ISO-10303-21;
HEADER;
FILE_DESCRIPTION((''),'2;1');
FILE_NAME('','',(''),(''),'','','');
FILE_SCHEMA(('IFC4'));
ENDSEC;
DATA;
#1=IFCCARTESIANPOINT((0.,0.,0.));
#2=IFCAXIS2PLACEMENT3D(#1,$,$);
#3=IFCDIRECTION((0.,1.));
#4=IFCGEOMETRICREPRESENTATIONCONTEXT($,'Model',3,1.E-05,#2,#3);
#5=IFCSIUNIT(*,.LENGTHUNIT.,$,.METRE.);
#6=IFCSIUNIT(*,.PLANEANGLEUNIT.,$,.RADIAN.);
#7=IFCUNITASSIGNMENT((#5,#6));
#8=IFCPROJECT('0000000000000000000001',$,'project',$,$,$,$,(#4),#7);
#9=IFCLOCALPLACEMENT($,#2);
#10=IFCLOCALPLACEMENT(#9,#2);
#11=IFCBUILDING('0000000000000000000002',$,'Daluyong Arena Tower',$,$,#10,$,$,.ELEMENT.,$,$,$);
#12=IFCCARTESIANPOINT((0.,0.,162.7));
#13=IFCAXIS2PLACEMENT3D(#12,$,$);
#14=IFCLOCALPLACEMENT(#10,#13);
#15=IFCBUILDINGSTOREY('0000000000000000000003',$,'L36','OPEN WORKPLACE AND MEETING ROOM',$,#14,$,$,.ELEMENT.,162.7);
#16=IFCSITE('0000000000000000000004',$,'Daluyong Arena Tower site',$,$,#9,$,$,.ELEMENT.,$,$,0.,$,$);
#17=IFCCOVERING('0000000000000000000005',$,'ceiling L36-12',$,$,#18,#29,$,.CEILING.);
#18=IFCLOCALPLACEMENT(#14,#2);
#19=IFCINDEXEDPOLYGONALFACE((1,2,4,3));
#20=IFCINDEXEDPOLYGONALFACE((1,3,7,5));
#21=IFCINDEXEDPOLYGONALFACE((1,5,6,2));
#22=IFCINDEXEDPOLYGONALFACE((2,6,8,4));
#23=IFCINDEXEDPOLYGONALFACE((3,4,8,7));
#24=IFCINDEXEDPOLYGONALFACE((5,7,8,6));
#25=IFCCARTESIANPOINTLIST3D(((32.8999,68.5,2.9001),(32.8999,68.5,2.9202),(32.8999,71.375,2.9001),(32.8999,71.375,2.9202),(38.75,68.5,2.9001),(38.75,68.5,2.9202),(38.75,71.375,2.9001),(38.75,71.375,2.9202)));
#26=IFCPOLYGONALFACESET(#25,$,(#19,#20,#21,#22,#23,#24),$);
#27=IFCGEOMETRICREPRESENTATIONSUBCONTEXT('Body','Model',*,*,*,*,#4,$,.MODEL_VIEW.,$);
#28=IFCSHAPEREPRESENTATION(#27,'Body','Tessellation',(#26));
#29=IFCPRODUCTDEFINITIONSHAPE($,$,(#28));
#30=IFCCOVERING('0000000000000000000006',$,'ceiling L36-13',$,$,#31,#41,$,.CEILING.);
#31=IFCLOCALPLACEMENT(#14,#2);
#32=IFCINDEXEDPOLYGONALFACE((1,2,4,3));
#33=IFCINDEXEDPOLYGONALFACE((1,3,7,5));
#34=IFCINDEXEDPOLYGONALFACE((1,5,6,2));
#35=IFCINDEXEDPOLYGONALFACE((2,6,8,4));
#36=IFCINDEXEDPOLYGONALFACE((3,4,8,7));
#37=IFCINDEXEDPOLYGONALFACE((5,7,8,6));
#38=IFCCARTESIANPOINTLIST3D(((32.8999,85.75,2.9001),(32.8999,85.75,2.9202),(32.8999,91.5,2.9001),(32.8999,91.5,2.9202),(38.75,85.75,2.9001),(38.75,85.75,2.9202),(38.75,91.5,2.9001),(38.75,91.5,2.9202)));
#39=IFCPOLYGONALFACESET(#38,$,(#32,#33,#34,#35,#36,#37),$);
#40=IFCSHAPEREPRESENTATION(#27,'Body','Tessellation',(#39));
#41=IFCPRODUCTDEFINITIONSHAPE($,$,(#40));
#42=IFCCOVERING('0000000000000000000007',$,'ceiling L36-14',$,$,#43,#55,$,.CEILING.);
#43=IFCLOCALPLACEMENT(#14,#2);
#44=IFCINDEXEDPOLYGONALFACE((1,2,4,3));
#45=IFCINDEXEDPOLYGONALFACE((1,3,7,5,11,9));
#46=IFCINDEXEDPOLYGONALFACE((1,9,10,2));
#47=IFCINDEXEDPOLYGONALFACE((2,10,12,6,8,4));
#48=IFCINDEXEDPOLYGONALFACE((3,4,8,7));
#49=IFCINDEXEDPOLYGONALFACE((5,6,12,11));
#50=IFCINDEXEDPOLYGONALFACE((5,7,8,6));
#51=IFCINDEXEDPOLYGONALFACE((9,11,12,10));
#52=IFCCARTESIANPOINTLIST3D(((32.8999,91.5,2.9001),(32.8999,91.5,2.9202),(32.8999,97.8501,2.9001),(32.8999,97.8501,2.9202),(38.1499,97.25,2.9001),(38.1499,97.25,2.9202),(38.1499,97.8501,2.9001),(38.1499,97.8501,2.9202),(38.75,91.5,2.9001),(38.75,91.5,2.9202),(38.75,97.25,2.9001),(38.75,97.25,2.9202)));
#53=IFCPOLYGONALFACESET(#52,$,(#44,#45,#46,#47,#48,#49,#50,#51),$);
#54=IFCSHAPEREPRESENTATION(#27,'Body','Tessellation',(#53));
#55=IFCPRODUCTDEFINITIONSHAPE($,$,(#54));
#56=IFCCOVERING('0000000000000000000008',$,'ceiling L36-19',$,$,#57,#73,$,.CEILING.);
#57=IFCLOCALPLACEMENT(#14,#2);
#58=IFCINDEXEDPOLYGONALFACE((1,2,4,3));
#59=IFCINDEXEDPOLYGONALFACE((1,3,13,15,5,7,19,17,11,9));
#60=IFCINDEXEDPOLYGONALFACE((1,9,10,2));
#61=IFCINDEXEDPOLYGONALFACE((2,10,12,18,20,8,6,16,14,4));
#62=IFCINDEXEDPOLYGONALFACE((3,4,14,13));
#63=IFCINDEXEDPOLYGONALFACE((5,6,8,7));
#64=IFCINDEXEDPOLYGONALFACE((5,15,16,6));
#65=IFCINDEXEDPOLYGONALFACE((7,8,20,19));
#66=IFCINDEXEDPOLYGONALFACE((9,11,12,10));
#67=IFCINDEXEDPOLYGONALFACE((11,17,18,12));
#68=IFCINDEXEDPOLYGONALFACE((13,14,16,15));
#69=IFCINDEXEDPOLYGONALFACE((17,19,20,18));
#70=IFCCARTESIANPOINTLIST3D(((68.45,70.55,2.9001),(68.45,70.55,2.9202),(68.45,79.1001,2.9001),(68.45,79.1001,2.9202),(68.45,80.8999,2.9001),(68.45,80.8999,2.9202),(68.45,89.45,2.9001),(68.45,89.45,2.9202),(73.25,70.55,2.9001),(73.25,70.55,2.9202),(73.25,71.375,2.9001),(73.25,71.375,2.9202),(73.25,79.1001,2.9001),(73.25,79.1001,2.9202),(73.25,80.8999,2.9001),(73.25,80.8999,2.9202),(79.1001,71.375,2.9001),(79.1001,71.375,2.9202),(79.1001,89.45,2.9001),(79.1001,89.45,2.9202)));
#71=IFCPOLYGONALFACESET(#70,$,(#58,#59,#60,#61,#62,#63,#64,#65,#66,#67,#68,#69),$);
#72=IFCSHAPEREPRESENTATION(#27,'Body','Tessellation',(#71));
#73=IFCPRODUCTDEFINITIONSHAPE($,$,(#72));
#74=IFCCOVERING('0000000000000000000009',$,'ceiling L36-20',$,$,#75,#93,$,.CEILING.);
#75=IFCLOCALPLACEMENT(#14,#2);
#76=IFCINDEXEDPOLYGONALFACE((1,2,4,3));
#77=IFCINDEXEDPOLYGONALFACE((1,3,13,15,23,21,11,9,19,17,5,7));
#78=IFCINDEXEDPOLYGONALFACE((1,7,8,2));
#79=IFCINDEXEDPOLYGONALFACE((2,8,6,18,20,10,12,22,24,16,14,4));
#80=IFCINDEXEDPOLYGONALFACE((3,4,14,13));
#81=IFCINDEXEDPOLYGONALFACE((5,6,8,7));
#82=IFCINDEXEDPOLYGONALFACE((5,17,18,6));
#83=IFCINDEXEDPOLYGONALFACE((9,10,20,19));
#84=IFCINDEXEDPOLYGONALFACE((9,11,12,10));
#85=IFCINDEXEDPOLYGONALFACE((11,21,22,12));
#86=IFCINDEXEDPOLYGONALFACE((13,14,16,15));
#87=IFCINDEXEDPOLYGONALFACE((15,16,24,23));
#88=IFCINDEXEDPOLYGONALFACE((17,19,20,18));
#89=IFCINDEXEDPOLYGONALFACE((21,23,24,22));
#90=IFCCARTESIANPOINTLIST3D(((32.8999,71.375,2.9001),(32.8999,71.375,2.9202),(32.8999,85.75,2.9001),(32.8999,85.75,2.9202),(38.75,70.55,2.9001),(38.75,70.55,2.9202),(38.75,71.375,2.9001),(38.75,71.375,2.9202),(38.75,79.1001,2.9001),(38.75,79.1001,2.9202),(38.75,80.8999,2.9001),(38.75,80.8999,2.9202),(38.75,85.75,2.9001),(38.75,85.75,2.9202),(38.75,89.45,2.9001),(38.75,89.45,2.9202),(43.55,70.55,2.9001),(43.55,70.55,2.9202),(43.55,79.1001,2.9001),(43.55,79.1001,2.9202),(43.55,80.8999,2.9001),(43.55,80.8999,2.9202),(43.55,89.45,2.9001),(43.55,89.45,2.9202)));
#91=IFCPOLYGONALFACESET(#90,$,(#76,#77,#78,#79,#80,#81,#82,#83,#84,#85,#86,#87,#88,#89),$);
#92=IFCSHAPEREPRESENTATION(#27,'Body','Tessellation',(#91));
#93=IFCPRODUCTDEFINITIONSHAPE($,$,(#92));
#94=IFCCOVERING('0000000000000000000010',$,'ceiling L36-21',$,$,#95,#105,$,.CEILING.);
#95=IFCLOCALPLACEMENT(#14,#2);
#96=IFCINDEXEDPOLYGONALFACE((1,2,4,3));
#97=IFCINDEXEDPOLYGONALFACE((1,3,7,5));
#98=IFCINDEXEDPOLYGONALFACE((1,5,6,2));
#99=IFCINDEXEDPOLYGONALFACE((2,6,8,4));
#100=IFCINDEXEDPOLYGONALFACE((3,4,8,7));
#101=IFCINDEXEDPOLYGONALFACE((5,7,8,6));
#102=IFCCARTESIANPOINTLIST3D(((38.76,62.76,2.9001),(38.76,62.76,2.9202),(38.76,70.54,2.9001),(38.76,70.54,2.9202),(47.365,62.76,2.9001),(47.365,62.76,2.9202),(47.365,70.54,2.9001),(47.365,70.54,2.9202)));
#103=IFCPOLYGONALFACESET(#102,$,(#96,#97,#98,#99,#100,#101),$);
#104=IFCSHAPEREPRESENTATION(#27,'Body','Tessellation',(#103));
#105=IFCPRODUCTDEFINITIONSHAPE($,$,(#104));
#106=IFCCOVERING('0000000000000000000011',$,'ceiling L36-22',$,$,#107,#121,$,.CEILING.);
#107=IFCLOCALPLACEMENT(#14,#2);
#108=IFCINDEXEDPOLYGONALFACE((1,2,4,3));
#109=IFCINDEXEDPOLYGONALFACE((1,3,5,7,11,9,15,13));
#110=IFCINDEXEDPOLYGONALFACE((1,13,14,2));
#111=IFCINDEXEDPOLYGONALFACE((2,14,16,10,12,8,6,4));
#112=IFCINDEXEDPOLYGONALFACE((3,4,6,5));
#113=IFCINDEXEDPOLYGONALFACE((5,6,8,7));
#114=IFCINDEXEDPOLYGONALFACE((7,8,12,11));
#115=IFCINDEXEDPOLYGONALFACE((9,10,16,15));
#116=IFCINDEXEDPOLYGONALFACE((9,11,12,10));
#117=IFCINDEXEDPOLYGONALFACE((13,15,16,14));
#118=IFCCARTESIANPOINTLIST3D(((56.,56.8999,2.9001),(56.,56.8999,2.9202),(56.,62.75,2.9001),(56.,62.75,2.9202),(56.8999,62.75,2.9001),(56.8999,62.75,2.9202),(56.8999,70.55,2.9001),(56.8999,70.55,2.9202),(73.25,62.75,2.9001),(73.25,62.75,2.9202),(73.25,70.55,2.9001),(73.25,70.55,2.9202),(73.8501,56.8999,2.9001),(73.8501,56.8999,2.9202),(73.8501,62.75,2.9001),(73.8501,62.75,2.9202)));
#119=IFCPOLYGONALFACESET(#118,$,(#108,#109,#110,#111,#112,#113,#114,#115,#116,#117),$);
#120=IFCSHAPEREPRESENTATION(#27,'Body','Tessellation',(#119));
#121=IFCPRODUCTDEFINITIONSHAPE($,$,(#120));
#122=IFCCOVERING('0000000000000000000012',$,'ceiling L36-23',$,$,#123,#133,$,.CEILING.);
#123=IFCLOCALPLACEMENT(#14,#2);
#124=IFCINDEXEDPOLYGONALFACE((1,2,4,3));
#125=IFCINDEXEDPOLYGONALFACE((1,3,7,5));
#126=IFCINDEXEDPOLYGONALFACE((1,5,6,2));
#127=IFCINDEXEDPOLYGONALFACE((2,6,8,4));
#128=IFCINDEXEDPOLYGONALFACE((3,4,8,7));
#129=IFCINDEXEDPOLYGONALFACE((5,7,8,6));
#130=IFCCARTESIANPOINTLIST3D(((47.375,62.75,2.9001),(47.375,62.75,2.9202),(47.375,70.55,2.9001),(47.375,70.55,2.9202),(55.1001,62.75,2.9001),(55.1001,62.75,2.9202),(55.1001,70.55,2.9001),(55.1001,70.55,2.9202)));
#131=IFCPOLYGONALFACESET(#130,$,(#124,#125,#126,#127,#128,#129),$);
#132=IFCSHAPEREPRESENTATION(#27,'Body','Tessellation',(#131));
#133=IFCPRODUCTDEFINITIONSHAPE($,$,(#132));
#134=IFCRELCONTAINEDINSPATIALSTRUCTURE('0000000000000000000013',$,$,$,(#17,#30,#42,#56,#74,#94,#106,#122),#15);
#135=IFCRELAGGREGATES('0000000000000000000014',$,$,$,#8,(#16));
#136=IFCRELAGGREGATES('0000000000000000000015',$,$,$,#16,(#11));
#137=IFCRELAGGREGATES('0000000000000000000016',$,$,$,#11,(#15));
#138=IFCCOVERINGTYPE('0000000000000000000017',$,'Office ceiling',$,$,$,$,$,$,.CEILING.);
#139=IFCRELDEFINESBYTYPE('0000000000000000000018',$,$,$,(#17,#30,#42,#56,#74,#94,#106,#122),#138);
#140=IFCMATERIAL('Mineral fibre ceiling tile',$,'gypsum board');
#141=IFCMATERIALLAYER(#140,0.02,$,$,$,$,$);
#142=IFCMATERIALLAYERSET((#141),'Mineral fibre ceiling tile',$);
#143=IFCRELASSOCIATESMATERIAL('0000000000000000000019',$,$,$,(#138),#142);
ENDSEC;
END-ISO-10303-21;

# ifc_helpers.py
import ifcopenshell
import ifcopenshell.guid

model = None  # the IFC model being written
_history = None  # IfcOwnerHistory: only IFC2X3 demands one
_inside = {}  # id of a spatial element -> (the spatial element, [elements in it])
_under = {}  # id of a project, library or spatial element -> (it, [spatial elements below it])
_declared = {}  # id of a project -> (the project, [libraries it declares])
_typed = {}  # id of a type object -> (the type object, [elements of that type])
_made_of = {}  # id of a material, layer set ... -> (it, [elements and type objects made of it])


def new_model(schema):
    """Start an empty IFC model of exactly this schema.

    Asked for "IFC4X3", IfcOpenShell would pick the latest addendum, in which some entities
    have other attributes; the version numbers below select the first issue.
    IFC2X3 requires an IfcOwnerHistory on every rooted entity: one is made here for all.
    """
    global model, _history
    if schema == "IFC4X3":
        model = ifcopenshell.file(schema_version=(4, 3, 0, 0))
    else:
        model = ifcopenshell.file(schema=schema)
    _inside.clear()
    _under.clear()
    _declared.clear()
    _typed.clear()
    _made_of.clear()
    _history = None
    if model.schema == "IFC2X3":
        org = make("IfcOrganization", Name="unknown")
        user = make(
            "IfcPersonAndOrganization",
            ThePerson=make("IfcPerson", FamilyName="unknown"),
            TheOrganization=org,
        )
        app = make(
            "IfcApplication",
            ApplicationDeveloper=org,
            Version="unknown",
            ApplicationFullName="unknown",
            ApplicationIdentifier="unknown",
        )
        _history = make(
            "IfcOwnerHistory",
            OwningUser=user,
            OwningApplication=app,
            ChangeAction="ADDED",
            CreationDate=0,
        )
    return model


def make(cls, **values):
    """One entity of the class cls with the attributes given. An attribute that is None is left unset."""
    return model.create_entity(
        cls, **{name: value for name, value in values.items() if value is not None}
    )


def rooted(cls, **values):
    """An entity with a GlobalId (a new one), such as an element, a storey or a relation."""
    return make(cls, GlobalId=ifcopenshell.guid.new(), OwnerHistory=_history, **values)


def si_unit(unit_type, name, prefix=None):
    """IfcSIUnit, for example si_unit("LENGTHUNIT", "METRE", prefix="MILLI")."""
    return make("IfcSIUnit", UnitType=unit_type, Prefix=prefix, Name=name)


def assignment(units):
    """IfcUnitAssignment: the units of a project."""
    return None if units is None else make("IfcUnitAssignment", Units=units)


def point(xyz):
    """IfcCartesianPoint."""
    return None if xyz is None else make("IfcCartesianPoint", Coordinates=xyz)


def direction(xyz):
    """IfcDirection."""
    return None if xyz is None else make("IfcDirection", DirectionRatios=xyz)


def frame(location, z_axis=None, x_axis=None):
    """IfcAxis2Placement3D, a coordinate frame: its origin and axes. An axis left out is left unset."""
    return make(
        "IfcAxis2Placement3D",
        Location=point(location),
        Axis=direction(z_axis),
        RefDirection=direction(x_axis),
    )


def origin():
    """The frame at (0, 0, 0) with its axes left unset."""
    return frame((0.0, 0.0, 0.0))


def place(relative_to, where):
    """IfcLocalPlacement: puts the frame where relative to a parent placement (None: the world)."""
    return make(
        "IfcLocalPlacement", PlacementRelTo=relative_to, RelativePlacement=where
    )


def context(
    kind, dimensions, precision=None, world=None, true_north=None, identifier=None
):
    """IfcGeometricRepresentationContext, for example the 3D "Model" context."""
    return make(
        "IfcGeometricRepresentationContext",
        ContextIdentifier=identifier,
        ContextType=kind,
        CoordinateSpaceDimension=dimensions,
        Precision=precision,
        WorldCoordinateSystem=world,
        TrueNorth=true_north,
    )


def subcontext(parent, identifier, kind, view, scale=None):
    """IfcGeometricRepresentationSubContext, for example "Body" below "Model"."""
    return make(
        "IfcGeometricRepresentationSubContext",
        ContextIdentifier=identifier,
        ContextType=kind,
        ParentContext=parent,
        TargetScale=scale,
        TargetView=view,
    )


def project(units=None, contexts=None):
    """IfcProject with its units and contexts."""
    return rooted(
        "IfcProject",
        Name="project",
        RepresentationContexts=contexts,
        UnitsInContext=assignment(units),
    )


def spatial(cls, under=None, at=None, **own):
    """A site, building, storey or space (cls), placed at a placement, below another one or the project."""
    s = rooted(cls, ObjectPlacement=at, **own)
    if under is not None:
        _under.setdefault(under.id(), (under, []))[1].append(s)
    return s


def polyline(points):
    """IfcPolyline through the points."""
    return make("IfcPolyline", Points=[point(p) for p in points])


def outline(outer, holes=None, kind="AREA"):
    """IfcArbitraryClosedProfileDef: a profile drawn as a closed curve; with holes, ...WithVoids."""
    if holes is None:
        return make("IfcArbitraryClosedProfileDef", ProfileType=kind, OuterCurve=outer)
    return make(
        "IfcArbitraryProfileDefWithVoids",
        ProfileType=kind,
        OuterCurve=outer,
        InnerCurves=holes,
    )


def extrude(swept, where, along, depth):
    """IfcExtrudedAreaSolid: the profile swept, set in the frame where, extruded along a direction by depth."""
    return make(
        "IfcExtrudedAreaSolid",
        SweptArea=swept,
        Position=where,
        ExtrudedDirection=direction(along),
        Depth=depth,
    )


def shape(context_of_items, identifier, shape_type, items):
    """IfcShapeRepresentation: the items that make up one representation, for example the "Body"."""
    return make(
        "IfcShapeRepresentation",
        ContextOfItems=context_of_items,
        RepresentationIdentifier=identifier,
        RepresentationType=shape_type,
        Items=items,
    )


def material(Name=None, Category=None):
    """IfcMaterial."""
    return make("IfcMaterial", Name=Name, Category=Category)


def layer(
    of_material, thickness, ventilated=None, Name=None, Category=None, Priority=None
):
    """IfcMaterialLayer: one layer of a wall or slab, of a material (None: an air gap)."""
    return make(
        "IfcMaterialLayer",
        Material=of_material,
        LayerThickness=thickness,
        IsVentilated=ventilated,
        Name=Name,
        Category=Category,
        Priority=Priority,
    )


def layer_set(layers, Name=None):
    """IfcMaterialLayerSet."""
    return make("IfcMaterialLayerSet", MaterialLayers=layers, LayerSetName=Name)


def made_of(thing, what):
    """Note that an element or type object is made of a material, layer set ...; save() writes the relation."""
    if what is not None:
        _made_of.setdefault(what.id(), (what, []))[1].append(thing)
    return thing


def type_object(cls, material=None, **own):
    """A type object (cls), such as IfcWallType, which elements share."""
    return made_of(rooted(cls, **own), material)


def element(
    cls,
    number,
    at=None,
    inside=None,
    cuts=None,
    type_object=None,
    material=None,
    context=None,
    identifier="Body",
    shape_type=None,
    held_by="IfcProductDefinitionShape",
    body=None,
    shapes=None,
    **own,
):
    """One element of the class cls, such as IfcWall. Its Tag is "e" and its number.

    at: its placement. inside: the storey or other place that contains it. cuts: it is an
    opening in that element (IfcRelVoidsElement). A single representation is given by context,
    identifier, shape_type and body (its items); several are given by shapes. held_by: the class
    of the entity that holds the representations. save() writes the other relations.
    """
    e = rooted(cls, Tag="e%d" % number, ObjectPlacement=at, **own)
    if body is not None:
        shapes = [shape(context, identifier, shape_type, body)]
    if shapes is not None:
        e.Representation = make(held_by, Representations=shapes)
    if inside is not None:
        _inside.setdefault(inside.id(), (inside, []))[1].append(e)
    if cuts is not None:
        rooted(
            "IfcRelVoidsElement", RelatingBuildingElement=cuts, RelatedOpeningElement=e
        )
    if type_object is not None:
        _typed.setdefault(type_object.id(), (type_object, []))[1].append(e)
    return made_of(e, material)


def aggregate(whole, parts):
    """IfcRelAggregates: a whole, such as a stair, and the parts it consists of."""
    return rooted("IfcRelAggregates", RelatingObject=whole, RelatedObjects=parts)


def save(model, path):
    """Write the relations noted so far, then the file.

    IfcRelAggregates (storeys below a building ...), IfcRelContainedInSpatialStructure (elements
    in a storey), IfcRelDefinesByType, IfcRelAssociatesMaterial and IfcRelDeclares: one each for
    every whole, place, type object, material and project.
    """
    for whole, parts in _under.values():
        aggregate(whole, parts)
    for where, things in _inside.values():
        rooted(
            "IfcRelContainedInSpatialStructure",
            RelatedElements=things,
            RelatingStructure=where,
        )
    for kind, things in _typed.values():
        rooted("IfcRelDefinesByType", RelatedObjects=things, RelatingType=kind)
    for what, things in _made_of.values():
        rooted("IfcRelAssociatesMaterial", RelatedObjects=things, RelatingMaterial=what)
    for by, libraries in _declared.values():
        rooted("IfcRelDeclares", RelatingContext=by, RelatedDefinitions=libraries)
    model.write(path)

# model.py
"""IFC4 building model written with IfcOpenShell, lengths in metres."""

from ifc_helpers import new_model, si_unit, direction, frame, origin, place, context, subcontext, project, spatial, polyline, outline, extrude, material, layer, layer_set, type_object, element, save


model = new_model("IFC4")

# Units and contexts
model_context = context("Model", 3, precision=1e-05, world=origin(), true_north=direction((0.0, 1.0)))
body_context = subcontext(model_context, "Body", "Model", "MODEL_VIEW")
ifc_project = project(units=[si_unit("LENGTHUNIT", "METRE"), si_unit("PLANEANGLEUNIT", "RADIAN")], contexts=[model_context])

# Site, building, storey
site_placement = place(None, origin())
site = spatial("IfcSite", under=ifc_project, at=site_placement, Name="Daluyong Arena Tower site", CompositionType="ELEMENT", RefElevation=0.0)
building_placement = place(site_placement, origin())
building = spatial("IfcBuilding", under=site, at=building_placement, Name="Daluyong Arena Tower", CompositionType="ELEMENT")
storey_placement = place(building_placement, frame((0.0, 0.0, 162.7)))
storey = spatial("IfcBuildingStorey", under=building, at=storey_placement, Name="L36", Description="OPEN WORKPLACE AND MEETING ROOM", CompositionType="ELEMENT", Elevation=162.7)

# Coverings
ifc_material_1 = material(Name="Mineral fibre ceiling tile", Category="gypsum board")
ifc_layer_1 = layer(ifc_material_1, 0.02)
ifc_layer_set_1 = layer_set([ifc_layer_1], Name="Mineral fibre ceiling tile")
covering_type = type_object("IfcCoveringType", Name="Office ceiling", PredefinedType="CEILING", material=ifc_layer_set_1)
covering_1_placement = place(storey_placement, frame((0.0, 0.0, 2.9001)))
element("IfcCovering", 1, at=covering_1_placement, inside=storey, type_object=covering_type, Name="ceiling L36-12", PredefinedType="CEILING", context=body_context, shape_type="SweptSolid", body=[
    extrude(outline(polyline([(38.75, 71.375), (32.8999, 71.375), (32.8999, 68.5), (38.75, 68.5), (38.75, 71.375)])), origin(), (0.0, 0.0, 1.0), 0.02),
])
covering_2_placement = place(storey_placement, frame((0.0, 0.0, 2.9001)))
element("IfcCovering", 2, at=covering_2_placement, inside=storey, type_object=covering_type, Name="ceiling L36-13", PredefinedType="CEILING", context=body_context, shape_type="SweptSolid", body=[
    extrude(outline(polyline([(38.75, 91.5), (32.8999, 91.5), (32.8999, 85.75), (38.75, 85.75), (38.75, 91.5)])), origin(), (0.0, 0.0, 1.0), 0.02),
])
covering_3_placement = place(storey_placement, frame((0.0, 0.0, 2.9001)))
element("IfcCovering", 3, at=covering_3_placement, inside=storey, type_object=covering_type, Name="ceiling L36-14", PredefinedType="CEILING", context=body_context, shape_type="SweptSolid", body=[
    extrude(outline(polyline([(38.75, 91.5), (38.75, 97.25), (38.1499, 97.25), (38.1499, 97.8501), (32.8999, 97.8501), (32.8999, 91.5), (38.75, 91.5)])), origin(), (0.0, 0.0, 1.0), 0.02),
])
covering_4_placement = place(storey_placement, frame((0.0, 0.0, 2.9001)))
element("IfcCovering", 4, at=covering_4_placement, inside=storey, type_object=covering_type, Name="ceiling L36-19", PredefinedType="CEILING", context=body_context, shape_type="SweptSolid", body=[
    extrude(outline(polyline([(79.1001, 71.375), (79.1001, 89.45), (68.45, 89.45), (68.45, 80.8999), (73.25, 80.8999), (73.25, 79.1001), (68.45, 79.1001), (68.45, 70.55), (73.25, 70.55), (73.25, 71.375), (79.1001, 71.375)])), origin(), (0.0, 0.0, 1.0), 0.02),
])
covering_5_placement = place(storey_placement, frame((0.0, 0.0, 2.9001)))
element("IfcCovering", 5, at=covering_5_placement, inside=storey, type_object=covering_type, Name="ceiling L36-20", PredefinedType="CEILING", context=body_context, shape_type="SweptSolid", body=[
    extrude(outline(polyline([(43.55, 80.8999), (43.55, 89.45), (38.75, 89.45), (38.75, 85.75), (32.8999, 85.75), (32.8999, 71.375), (38.75, 71.375), (38.75, 70.55), (43.55, 70.55), (43.55, 79.1001), (38.75, 79.1001), (38.75, 80.8999), (43.55, 80.8999)])), origin(), (0.0, 0.0, 1.0), 0.02),
])
covering_6_placement = place(storey_placement, frame((0.0, 0.0, 2.9001)))
element("IfcCovering", 6, at=covering_6_placement, inside=storey, type_object=covering_type, Name="ceiling L36-21", PredefinedType="CEILING", context=body_context, shape_type="SweptSolid", body=[
    extrude(outline(polyline([(38.76, 62.76), (47.365, 62.76), (47.365, 70.54), (38.76, 70.54), (38.76, 62.76)])), origin(), (0.0, 0.0, 1.0), 0.02),
])
covering_7_placement = place(storey_placement, frame((0.0, 0.0, 2.9001)))
element("IfcCovering", 7, at=covering_7_placement, inside=storey, type_object=covering_type, Name="ceiling L36-22", PredefinedType="CEILING", context=body_context, shape_type="SweptSolid", body=[
    extrude(outline(polyline([(73.25, 62.75), (73.25, 70.55), (56.8999, 70.55), (56.8999, 62.75), (56.0, 62.75), (56.0, 56.8999), (73.8501, 56.8999), (73.8501, 62.75), (73.25, 62.75)])), origin(), (0.0, 0.0, 1.0), 0.02),
])
covering_8_placement = place(storey_placement, frame((0.0, 0.0, 2.9001)))
element("IfcCovering", 8, at=covering_8_placement, inside=storey, type_object=covering_type, Name="ceiling L36-23", PredefinedType="CEILING", context=body_context, shape_type="SweptSolid", body=[
    extrude(outline(polyline([(55.1001, 70.55), (47.375, 70.55), (47.375, 62.75), (55.1001, 62.75), (55.1001, 70.55)])), origin(), (0.0, 0.0, 1.0), 0.02),
])

save(model, "model.ifc")
